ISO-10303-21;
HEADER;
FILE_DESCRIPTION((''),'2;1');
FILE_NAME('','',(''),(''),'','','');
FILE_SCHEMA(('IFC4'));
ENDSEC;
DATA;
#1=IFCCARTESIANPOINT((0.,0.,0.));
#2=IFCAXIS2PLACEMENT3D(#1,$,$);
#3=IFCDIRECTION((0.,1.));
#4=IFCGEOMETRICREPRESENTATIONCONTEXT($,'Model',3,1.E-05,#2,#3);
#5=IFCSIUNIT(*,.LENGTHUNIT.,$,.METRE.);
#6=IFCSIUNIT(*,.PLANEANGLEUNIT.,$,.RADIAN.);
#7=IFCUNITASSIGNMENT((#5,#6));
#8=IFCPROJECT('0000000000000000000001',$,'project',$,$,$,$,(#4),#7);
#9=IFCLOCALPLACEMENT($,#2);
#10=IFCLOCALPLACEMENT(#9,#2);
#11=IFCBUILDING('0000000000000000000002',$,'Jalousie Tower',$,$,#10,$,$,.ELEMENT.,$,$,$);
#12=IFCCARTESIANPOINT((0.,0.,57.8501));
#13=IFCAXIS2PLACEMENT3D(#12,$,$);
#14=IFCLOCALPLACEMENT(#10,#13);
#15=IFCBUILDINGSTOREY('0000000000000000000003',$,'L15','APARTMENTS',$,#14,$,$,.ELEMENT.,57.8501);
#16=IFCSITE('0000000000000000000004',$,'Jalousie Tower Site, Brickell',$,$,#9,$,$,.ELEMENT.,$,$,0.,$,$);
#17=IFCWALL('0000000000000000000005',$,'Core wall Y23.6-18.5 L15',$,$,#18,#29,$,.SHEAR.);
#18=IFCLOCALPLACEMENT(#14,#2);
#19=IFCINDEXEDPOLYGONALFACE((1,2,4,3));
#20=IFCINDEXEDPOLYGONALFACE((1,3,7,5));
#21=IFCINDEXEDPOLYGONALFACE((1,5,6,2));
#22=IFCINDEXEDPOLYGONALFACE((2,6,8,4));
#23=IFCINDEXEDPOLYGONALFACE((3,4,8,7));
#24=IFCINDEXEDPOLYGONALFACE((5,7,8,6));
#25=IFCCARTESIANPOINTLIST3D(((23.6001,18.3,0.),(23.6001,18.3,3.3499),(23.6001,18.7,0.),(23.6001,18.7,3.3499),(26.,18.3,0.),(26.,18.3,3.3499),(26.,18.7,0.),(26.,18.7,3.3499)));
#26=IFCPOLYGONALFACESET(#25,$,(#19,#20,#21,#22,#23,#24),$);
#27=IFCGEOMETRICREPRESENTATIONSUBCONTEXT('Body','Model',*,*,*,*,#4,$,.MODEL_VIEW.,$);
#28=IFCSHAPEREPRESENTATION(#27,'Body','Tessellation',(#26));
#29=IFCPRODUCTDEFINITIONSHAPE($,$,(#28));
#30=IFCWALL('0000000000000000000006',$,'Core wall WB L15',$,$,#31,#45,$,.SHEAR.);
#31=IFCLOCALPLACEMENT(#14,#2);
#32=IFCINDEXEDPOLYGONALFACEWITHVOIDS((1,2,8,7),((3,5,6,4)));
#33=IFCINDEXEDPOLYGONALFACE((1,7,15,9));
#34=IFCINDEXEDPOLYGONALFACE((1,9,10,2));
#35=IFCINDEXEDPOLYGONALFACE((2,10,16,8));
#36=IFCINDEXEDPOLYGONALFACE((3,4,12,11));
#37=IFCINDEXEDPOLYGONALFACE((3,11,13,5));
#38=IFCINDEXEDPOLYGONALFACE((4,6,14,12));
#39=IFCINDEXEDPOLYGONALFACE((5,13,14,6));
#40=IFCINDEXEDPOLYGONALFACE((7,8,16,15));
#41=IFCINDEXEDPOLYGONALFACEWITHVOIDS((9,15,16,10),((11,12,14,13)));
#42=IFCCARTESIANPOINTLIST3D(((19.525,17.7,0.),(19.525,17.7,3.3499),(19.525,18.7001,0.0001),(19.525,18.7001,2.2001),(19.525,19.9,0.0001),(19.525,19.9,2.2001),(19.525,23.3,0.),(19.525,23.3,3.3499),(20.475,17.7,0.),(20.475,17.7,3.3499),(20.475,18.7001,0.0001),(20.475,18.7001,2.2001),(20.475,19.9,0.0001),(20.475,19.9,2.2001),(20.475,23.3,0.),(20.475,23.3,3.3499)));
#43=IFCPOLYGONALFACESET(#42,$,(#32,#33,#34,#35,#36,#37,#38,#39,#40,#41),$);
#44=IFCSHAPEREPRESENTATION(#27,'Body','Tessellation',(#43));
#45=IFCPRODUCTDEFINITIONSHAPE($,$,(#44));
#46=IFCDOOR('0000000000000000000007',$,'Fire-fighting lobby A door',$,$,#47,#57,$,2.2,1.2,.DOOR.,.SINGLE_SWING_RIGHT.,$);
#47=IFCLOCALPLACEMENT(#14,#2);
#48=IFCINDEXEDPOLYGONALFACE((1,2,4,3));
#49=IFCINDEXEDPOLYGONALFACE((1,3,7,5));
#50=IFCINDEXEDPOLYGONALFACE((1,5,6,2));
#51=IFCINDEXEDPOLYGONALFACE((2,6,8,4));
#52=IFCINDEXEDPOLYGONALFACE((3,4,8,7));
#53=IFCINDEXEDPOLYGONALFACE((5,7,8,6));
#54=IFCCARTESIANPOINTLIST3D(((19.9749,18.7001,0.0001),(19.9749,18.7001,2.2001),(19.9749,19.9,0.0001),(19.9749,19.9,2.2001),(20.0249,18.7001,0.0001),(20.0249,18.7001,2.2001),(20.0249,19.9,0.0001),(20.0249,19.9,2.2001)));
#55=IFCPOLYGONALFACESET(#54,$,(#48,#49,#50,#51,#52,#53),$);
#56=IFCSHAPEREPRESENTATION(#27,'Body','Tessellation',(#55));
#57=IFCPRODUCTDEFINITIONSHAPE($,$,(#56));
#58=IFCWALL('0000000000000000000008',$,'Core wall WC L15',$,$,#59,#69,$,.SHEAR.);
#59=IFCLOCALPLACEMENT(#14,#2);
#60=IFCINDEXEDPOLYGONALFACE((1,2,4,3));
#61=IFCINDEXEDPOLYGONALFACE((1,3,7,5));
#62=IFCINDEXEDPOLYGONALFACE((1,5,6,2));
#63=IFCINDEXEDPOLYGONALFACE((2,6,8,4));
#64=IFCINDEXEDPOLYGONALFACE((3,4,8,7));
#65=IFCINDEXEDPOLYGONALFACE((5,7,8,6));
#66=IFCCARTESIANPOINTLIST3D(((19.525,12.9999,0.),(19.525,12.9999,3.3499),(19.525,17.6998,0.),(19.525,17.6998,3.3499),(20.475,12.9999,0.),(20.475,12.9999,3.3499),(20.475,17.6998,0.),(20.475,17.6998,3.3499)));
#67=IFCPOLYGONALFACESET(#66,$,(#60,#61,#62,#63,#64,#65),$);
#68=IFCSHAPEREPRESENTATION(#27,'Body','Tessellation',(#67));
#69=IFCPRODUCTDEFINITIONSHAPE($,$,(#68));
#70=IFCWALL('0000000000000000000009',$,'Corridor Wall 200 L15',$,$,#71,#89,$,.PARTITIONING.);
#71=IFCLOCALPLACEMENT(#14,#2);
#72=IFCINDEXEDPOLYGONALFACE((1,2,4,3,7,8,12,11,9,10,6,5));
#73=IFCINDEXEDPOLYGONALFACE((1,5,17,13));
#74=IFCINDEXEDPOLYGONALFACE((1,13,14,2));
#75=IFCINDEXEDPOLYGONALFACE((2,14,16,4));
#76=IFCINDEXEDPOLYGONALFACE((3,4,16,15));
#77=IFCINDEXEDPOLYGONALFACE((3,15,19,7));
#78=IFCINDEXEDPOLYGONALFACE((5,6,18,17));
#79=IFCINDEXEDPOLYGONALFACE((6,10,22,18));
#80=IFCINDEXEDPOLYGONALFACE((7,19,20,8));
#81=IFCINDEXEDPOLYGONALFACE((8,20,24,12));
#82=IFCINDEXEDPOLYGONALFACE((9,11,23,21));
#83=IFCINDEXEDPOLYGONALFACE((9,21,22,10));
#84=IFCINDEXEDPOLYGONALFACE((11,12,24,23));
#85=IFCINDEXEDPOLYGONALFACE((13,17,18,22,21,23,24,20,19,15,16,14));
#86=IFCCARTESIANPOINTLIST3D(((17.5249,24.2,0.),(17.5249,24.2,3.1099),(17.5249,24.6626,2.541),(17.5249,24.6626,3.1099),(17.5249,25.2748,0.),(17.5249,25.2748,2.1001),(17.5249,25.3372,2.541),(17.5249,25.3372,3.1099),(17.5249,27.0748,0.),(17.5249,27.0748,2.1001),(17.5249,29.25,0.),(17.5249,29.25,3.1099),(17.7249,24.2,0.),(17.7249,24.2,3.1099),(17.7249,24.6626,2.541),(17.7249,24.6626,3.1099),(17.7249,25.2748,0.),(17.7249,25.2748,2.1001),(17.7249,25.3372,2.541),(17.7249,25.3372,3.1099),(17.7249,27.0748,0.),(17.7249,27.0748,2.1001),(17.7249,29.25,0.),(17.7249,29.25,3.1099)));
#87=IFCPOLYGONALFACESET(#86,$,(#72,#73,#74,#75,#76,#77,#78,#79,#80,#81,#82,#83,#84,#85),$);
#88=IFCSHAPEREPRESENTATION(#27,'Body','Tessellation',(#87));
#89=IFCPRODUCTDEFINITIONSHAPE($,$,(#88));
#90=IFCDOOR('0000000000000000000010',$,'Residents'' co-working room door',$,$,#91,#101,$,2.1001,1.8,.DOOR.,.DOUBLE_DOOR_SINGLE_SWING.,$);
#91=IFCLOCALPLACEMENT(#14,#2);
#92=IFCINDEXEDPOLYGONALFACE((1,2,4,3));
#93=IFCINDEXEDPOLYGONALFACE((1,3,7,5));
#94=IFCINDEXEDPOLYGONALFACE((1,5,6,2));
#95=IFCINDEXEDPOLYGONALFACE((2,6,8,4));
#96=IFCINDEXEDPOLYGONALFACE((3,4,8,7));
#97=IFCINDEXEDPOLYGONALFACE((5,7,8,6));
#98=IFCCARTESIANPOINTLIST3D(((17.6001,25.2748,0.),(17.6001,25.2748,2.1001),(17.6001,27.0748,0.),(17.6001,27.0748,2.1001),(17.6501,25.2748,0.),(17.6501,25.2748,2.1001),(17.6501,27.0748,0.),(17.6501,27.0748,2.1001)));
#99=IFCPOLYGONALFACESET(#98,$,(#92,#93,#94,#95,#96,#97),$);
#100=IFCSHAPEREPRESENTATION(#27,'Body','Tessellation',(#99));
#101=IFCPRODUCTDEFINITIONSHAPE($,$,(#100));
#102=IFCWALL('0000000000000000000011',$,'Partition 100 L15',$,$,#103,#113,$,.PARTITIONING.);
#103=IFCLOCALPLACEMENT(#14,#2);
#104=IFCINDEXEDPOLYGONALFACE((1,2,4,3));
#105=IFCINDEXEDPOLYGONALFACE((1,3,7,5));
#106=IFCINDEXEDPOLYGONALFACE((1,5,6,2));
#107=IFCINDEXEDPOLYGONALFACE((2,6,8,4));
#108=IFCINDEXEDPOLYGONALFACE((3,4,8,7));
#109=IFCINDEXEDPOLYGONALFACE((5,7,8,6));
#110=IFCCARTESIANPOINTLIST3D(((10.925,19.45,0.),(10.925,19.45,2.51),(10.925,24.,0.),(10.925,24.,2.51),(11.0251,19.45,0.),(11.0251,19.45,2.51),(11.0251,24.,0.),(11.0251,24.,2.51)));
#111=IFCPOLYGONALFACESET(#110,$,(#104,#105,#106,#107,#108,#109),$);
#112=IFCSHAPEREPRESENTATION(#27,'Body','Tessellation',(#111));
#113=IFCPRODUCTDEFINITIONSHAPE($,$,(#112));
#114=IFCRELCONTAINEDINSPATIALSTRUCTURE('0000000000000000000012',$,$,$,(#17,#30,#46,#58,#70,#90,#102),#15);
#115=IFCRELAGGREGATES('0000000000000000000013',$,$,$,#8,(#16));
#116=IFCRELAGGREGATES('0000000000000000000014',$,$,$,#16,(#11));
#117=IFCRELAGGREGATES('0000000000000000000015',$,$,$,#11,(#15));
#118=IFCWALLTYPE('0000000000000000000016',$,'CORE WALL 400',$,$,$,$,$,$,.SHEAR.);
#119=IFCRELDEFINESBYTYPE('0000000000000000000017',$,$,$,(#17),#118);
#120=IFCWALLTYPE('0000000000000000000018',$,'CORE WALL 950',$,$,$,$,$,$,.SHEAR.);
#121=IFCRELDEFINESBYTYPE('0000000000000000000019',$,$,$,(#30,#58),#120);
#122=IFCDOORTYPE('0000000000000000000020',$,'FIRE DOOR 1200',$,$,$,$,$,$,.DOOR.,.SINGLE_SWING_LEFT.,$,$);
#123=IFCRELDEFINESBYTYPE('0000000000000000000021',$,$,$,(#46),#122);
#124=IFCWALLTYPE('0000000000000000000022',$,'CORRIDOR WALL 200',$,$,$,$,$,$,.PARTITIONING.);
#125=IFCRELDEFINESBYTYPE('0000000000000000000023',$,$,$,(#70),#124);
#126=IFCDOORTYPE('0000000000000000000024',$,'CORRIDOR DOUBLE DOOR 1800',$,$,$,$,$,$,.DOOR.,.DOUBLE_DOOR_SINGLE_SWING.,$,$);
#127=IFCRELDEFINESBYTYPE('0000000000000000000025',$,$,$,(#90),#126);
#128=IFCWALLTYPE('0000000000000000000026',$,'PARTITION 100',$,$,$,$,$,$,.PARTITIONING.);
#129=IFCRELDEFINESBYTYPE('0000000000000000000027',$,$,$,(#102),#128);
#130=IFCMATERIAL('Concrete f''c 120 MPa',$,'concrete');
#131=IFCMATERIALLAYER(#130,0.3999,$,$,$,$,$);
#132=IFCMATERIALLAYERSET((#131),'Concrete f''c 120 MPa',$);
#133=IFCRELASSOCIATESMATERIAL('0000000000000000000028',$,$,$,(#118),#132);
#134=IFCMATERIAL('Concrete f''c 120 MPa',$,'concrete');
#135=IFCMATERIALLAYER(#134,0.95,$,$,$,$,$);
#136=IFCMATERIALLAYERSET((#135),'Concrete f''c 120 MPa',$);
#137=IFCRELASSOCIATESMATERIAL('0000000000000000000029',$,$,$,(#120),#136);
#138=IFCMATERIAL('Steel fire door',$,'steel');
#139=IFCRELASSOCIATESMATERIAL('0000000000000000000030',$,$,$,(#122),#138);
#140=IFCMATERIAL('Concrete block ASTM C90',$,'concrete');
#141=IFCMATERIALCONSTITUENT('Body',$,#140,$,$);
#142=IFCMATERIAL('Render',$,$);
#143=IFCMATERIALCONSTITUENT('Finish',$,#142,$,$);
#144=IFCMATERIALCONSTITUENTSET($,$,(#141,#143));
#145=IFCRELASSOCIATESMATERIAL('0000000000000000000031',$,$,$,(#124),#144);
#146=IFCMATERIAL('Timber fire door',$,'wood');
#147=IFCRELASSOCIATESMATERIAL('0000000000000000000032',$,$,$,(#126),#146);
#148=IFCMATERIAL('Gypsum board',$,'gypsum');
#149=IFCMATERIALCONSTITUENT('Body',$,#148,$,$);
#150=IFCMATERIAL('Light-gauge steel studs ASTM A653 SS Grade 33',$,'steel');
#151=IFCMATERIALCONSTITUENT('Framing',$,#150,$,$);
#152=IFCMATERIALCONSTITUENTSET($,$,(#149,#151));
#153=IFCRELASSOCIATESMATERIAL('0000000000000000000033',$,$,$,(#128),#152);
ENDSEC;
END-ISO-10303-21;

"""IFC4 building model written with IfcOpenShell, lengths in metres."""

from ifc_helpers import new_model, si_unit, direction, frame, frame_2d, origin, place, context, subcontext, project, spatial, polyline, rectangle, outline, extrude, material, layer, layer_set, constituent, constituent_set, type_object, element, fill, save


model = new_model("IFC4")

# Units and contexts
model_context = context("Model", 3, precision=1e-05, world=origin(), true_north=direction((0.0, 1.0)))
body_context = subcontext(model_context, "Body", "Model", "MODEL_VIEW")
ifc_project = project(units=[si_unit("LENGTHUNIT", "METRE"), si_unit("PLANEANGLEUNIT", "RADIAN")], contexts=[model_context])

# Site, building, storey
site_placement = place(None, origin())
site = spatial("IfcSite", under=ifc_project, at=site_placement, Name="Jalousie Tower Site, Brickell", CompositionType="ELEMENT", RefElevation=0.0)
building_placement = place(site_placement, origin())
building = spatial("IfcBuilding", under=site, at=building_placement, Name="Jalousie Tower", CompositionType="ELEMENT")
storey_placement = place(building_placement, frame((0.0, 0.0, 57.8501)))
storey = spatial("IfcBuildingStorey", under=building, at=storey_placement, Name="L15", Description="APARTMENTS", CompositionType="ELEMENT", Elevation=57.8501)

# Shared definitions
ifc_material_1 = material(Name="Concrete f'c 120 MPa", Category="concrete")
ifc_layer_1 = layer(ifc_material_1, 0.3999)
ifc_layer_set_1 = layer_set([ifc_layer_1], Name="Concrete f'c 120 MPa")
wall_type_1 = type_object("IfcWallType", Name="CORE WALL 400", PredefinedType="SHEAR", material=ifc_layer_set_1)

# Wall
wall_1_placement = place(storey_placement, frame((23.6001, 18.5, 0.0), z_axis=(0.0, 0.0, 1.0), x_axis=(1.0, 0.0, 0.0)))
element("IfcWall", 1, at=wall_1_placement, inside=storey, type_object=wall_type_1, Name="Core wall Y23.6-18.5 L15", PredefinedType="SHEAR", context=body_context, shape_type="SweptSolid", body=[
    extrude(rectangle(XDim=2.3999, YDim=0.3999, at=frame_2d((1.2, 0.0))), origin(), (0.0, 0.0, 1.0), 3.3499),
])

# Wall, opening, door
ifc_material_2 = material(Name="Concrete f'c 120 MPa", Category="concrete")
ifc_layer_2 = layer(ifc_material_2, 0.95)
ifc_layer_set_2 = layer_set([ifc_layer_2], Name="Concrete f'c 120 MPa")
wall_type_2 = type_object("IfcWallType", Name="CORE WALL 950", PredefinedType="SHEAR", material=ifc_layer_set_2)
wall_2_placement = place(storey_placement, frame((20.0, 23.3, 0.0), z_axis=(0.0, 0.0, 1.0), x_axis=(0.0, -1.0, 0.0)))
wall_2 = element("IfcWall", 2, at=wall_2_placement, inside=storey, type_object=wall_type_2, Name="Core wall WB L15", PredefinedType="SHEAR", context=body_context, shape_type="SweptSolid", body=[
    extrude(rectangle(XDim=5.6001, YDim=0.95, at=frame_2d((2.8, 0.0))), origin(), (0.0, 0.0, 1.0), 3.3499),
])
opening_1_placement = place(wall_2_placement, frame((3.3999, 0.0, 0.0)))
opening_1 = element("IfcOpeningElement", 3, at=opening_1_placement, cuts=wall_2, PredefinedType="OPENING", context=body_context, shape_type="SweptSolid", body=[
    extrude(rectangle(XDim=1.2, YDim=2.2, at=frame_2d((0.6001, 1.1001))), frame((0.0, 0.4849, 0.0), z_axis=(0.0, -1.0, 0.0), x_axis=(1.0, 0.0, 0.0)), (0.0, 0.0, 1.0), 0.97),
])
ifc_material_3 = material(Name="Steel fire door", Category="steel")
door_type_1 = type_object("IfcDoorType", Name="FIRE DOOR 1200", OperationType="SINGLE_SWING_LEFT", PredefinedType="DOOR", material=ifc_material_3)
door_1_placement = place(opening_1_placement, origin())
door_1 = element("IfcDoor", 4, at=door_1_placement, inside=storey, type_object=door_type_1, Name="Fire-fighting lobby A door", OperationType="SINGLE_SWING_RIGHT", OverallHeight=2.2, OverallWidth=1.2, PredefinedType="DOOR", context=body_context, shape_type="SweptSolid", body=[
    extrude(rectangle(XDim=1.2, YDim=2.2, at=frame_2d((0.6001, 1.1001))), frame((0.0, 0.0249, 0.0), z_axis=(0.0, -1.0, 0.0), x_axis=(1.0, 0.0, 0.0)), (0.0, 0.0, 1.0), 0.05),
])
fill(opening_1, door_1)

# Wall
wall_3_placement = place(storey_placement, frame((20.0, 17.7, 0.0), z_axis=(0.0, 0.0, 1.0), x_axis=(0.0, -1.0, 0.0)))
element("IfcWall", 5, at=wall_3_placement, inside=storey, type_object=wall_type_2, Name="Core wall WC L15", PredefinedType="SHEAR", context=body_context, shape_type="SweptSolid", body=[
    extrude(rectangle(XDim=4.7, YDim=0.95, at=frame_2d((2.3501, 0.0))), origin(), (0.0, 0.0, 1.0), 3.3499),
])

# Wall, opening, door
ifc_material_4 = material(Name="Concrete block ASTM C90", Category="concrete")
ifc_constituent_1 = constituent(ifc_material_4, Name="Body")
ifc_material_5 = material(Name="Render")
ifc_constituent_2 = constituent(ifc_material_5, Name="Finish")
ifc_constituent_set_1 = constituent_set(constituents=[ifc_constituent_1, ifc_constituent_2])
wall_type_3 = type_object("IfcWallType", Name="CORRIDOR WALL 200", PredefinedType="PARTITIONING", material=ifc_constituent_set_1)
wall_4_placement = place(storey_placement, frame((17.625, 24.2, 0.0), z_axis=(0.0, 0.0, 1.0), x_axis=(0.0, 1.0, 0.0)))
wall_4 = element("IfcWall", 6, at=wall_4_placement, inside=storey, type_object=wall_type_3, Name="Corridor Wall 200 L15", PredefinedType="PARTITIONING", context=body_context, shape_type="SweptSolid", body=[
    extrude(outline(polyline([(0.0, 0.0), (5.05, 0.0), (5.05, 3.1099), (1.1372, 3.1099), (1.1372, 2.541), (0.4626, 2.541), (0.4626, 3.1099), (0.0, 3.1099), (0.0, 0.0)])), frame((0.0, 0.1001, 0.0), z_axis=(0.0, -1.0, 0.0), x_axis=(1.0, 0.0, 0.0)), (0.0, 0.0, 1.0), 0.2),
])
opening_2_placement = place(wall_4_placement, frame((1.075, 0.0, 0.0)))
opening_2 = element("IfcOpeningElement", 7, at=opening_2_placement, cuts=wall_4, PredefinedType="OPENING", context=body_context, shape_type="SweptSolid", body=[
    extrude(rectangle(XDim=1.8, YDim=2.1001, at=frame_2d((0.8999, 1.05))), frame((0.0, 0.1099, 0.0), z_axis=(0.0, -1.0, 0.0), x_axis=(1.0, 0.0, 0.0)), (0.0, 0.0, 1.0), 0.22),
])
ifc_material_6 = material(Name="Timber fire door", Category="wood")
door_type_2 = type_object("IfcDoorType", Name="CORRIDOR DOUBLE DOOR 1800", OperationType="DOUBLE_DOOR_SINGLE_SWING", PredefinedType="DOOR", material=ifc_material_6)
door_2_placement = place(opening_2_placement, origin())
door_2 = element("IfcDoor", 8, at=door_2_placement, inside=storey, type_object=door_type_2, Name="Residents' co-working room door", OperationType="DOUBLE_DOOR_SINGLE_SWING", OverallHeight=2.1001, OverallWidth=1.8, PredefinedType="DOOR", context=body_context, shape_type="SweptSolid", body=[
    extrude(rectangle(XDim=1.8, YDim=2.1001, at=frame_2d((0.8999, 1.05))), frame((0.0, 0.0249, 0.0), z_axis=(0.0, -1.0, 0.0), x_axis=(1.0, 0.0, 0.0)), (0.0, 0.0, 1.0), 0.05),
])
fill(opening_2, door_2)

# Wall
ifc_material_7 = material(Name="Gypsum board", Category="gypsum")
ifc_constituent_3 = constituent(ifc_material_7, Name="Body")
ifc_material_8 = material(Name="Light-gauge steel studs ASTM A653 SS Grade 33", Category="steel")
ifc_constituent_4 = constituent(ifc_material_8, Name="Framing")
ifc_constituent_set_2 = constituent_set(constituents=[ifc_constituent_3, ifc_constituent_4])
wall_type_4 = type_object("IfcWallType", Name="PARTITION 100", PredefinedType="PARTITIONING", material=ifc_constituent_set_2)
wall_5_placement = place(storey_placement, frame((10.9751, 19.45, 0.0), z_axis=(0.0, 0.0, 1.0), x_axis=(0.0, 1.0, 0.0)))
element("IfcWall", 9, at=wall_5_placement, inside=storey, type_object=wall_type_4, Name="Partition 100 L15", PredefinedType="PARTITIONING", context=body_context, shape_type="SweptSolid", body=[
    extrude(outline(polyline([(0.0, 0.0), (4.55, 0.0), (4.55, 3.1099), (4.55, 2.51), (0.0, 2.51), (0.0, 3.1099), (0.0, 0.0)])), frame((0.0, 0.05, 0.0), z_axis=(0.0, -1.0, 0.0), x_axis=(1.0, 0.0, 0.0)), (0.0, 0.0, 1.0), 0.1001),
])

save(model, "model.ifc")
